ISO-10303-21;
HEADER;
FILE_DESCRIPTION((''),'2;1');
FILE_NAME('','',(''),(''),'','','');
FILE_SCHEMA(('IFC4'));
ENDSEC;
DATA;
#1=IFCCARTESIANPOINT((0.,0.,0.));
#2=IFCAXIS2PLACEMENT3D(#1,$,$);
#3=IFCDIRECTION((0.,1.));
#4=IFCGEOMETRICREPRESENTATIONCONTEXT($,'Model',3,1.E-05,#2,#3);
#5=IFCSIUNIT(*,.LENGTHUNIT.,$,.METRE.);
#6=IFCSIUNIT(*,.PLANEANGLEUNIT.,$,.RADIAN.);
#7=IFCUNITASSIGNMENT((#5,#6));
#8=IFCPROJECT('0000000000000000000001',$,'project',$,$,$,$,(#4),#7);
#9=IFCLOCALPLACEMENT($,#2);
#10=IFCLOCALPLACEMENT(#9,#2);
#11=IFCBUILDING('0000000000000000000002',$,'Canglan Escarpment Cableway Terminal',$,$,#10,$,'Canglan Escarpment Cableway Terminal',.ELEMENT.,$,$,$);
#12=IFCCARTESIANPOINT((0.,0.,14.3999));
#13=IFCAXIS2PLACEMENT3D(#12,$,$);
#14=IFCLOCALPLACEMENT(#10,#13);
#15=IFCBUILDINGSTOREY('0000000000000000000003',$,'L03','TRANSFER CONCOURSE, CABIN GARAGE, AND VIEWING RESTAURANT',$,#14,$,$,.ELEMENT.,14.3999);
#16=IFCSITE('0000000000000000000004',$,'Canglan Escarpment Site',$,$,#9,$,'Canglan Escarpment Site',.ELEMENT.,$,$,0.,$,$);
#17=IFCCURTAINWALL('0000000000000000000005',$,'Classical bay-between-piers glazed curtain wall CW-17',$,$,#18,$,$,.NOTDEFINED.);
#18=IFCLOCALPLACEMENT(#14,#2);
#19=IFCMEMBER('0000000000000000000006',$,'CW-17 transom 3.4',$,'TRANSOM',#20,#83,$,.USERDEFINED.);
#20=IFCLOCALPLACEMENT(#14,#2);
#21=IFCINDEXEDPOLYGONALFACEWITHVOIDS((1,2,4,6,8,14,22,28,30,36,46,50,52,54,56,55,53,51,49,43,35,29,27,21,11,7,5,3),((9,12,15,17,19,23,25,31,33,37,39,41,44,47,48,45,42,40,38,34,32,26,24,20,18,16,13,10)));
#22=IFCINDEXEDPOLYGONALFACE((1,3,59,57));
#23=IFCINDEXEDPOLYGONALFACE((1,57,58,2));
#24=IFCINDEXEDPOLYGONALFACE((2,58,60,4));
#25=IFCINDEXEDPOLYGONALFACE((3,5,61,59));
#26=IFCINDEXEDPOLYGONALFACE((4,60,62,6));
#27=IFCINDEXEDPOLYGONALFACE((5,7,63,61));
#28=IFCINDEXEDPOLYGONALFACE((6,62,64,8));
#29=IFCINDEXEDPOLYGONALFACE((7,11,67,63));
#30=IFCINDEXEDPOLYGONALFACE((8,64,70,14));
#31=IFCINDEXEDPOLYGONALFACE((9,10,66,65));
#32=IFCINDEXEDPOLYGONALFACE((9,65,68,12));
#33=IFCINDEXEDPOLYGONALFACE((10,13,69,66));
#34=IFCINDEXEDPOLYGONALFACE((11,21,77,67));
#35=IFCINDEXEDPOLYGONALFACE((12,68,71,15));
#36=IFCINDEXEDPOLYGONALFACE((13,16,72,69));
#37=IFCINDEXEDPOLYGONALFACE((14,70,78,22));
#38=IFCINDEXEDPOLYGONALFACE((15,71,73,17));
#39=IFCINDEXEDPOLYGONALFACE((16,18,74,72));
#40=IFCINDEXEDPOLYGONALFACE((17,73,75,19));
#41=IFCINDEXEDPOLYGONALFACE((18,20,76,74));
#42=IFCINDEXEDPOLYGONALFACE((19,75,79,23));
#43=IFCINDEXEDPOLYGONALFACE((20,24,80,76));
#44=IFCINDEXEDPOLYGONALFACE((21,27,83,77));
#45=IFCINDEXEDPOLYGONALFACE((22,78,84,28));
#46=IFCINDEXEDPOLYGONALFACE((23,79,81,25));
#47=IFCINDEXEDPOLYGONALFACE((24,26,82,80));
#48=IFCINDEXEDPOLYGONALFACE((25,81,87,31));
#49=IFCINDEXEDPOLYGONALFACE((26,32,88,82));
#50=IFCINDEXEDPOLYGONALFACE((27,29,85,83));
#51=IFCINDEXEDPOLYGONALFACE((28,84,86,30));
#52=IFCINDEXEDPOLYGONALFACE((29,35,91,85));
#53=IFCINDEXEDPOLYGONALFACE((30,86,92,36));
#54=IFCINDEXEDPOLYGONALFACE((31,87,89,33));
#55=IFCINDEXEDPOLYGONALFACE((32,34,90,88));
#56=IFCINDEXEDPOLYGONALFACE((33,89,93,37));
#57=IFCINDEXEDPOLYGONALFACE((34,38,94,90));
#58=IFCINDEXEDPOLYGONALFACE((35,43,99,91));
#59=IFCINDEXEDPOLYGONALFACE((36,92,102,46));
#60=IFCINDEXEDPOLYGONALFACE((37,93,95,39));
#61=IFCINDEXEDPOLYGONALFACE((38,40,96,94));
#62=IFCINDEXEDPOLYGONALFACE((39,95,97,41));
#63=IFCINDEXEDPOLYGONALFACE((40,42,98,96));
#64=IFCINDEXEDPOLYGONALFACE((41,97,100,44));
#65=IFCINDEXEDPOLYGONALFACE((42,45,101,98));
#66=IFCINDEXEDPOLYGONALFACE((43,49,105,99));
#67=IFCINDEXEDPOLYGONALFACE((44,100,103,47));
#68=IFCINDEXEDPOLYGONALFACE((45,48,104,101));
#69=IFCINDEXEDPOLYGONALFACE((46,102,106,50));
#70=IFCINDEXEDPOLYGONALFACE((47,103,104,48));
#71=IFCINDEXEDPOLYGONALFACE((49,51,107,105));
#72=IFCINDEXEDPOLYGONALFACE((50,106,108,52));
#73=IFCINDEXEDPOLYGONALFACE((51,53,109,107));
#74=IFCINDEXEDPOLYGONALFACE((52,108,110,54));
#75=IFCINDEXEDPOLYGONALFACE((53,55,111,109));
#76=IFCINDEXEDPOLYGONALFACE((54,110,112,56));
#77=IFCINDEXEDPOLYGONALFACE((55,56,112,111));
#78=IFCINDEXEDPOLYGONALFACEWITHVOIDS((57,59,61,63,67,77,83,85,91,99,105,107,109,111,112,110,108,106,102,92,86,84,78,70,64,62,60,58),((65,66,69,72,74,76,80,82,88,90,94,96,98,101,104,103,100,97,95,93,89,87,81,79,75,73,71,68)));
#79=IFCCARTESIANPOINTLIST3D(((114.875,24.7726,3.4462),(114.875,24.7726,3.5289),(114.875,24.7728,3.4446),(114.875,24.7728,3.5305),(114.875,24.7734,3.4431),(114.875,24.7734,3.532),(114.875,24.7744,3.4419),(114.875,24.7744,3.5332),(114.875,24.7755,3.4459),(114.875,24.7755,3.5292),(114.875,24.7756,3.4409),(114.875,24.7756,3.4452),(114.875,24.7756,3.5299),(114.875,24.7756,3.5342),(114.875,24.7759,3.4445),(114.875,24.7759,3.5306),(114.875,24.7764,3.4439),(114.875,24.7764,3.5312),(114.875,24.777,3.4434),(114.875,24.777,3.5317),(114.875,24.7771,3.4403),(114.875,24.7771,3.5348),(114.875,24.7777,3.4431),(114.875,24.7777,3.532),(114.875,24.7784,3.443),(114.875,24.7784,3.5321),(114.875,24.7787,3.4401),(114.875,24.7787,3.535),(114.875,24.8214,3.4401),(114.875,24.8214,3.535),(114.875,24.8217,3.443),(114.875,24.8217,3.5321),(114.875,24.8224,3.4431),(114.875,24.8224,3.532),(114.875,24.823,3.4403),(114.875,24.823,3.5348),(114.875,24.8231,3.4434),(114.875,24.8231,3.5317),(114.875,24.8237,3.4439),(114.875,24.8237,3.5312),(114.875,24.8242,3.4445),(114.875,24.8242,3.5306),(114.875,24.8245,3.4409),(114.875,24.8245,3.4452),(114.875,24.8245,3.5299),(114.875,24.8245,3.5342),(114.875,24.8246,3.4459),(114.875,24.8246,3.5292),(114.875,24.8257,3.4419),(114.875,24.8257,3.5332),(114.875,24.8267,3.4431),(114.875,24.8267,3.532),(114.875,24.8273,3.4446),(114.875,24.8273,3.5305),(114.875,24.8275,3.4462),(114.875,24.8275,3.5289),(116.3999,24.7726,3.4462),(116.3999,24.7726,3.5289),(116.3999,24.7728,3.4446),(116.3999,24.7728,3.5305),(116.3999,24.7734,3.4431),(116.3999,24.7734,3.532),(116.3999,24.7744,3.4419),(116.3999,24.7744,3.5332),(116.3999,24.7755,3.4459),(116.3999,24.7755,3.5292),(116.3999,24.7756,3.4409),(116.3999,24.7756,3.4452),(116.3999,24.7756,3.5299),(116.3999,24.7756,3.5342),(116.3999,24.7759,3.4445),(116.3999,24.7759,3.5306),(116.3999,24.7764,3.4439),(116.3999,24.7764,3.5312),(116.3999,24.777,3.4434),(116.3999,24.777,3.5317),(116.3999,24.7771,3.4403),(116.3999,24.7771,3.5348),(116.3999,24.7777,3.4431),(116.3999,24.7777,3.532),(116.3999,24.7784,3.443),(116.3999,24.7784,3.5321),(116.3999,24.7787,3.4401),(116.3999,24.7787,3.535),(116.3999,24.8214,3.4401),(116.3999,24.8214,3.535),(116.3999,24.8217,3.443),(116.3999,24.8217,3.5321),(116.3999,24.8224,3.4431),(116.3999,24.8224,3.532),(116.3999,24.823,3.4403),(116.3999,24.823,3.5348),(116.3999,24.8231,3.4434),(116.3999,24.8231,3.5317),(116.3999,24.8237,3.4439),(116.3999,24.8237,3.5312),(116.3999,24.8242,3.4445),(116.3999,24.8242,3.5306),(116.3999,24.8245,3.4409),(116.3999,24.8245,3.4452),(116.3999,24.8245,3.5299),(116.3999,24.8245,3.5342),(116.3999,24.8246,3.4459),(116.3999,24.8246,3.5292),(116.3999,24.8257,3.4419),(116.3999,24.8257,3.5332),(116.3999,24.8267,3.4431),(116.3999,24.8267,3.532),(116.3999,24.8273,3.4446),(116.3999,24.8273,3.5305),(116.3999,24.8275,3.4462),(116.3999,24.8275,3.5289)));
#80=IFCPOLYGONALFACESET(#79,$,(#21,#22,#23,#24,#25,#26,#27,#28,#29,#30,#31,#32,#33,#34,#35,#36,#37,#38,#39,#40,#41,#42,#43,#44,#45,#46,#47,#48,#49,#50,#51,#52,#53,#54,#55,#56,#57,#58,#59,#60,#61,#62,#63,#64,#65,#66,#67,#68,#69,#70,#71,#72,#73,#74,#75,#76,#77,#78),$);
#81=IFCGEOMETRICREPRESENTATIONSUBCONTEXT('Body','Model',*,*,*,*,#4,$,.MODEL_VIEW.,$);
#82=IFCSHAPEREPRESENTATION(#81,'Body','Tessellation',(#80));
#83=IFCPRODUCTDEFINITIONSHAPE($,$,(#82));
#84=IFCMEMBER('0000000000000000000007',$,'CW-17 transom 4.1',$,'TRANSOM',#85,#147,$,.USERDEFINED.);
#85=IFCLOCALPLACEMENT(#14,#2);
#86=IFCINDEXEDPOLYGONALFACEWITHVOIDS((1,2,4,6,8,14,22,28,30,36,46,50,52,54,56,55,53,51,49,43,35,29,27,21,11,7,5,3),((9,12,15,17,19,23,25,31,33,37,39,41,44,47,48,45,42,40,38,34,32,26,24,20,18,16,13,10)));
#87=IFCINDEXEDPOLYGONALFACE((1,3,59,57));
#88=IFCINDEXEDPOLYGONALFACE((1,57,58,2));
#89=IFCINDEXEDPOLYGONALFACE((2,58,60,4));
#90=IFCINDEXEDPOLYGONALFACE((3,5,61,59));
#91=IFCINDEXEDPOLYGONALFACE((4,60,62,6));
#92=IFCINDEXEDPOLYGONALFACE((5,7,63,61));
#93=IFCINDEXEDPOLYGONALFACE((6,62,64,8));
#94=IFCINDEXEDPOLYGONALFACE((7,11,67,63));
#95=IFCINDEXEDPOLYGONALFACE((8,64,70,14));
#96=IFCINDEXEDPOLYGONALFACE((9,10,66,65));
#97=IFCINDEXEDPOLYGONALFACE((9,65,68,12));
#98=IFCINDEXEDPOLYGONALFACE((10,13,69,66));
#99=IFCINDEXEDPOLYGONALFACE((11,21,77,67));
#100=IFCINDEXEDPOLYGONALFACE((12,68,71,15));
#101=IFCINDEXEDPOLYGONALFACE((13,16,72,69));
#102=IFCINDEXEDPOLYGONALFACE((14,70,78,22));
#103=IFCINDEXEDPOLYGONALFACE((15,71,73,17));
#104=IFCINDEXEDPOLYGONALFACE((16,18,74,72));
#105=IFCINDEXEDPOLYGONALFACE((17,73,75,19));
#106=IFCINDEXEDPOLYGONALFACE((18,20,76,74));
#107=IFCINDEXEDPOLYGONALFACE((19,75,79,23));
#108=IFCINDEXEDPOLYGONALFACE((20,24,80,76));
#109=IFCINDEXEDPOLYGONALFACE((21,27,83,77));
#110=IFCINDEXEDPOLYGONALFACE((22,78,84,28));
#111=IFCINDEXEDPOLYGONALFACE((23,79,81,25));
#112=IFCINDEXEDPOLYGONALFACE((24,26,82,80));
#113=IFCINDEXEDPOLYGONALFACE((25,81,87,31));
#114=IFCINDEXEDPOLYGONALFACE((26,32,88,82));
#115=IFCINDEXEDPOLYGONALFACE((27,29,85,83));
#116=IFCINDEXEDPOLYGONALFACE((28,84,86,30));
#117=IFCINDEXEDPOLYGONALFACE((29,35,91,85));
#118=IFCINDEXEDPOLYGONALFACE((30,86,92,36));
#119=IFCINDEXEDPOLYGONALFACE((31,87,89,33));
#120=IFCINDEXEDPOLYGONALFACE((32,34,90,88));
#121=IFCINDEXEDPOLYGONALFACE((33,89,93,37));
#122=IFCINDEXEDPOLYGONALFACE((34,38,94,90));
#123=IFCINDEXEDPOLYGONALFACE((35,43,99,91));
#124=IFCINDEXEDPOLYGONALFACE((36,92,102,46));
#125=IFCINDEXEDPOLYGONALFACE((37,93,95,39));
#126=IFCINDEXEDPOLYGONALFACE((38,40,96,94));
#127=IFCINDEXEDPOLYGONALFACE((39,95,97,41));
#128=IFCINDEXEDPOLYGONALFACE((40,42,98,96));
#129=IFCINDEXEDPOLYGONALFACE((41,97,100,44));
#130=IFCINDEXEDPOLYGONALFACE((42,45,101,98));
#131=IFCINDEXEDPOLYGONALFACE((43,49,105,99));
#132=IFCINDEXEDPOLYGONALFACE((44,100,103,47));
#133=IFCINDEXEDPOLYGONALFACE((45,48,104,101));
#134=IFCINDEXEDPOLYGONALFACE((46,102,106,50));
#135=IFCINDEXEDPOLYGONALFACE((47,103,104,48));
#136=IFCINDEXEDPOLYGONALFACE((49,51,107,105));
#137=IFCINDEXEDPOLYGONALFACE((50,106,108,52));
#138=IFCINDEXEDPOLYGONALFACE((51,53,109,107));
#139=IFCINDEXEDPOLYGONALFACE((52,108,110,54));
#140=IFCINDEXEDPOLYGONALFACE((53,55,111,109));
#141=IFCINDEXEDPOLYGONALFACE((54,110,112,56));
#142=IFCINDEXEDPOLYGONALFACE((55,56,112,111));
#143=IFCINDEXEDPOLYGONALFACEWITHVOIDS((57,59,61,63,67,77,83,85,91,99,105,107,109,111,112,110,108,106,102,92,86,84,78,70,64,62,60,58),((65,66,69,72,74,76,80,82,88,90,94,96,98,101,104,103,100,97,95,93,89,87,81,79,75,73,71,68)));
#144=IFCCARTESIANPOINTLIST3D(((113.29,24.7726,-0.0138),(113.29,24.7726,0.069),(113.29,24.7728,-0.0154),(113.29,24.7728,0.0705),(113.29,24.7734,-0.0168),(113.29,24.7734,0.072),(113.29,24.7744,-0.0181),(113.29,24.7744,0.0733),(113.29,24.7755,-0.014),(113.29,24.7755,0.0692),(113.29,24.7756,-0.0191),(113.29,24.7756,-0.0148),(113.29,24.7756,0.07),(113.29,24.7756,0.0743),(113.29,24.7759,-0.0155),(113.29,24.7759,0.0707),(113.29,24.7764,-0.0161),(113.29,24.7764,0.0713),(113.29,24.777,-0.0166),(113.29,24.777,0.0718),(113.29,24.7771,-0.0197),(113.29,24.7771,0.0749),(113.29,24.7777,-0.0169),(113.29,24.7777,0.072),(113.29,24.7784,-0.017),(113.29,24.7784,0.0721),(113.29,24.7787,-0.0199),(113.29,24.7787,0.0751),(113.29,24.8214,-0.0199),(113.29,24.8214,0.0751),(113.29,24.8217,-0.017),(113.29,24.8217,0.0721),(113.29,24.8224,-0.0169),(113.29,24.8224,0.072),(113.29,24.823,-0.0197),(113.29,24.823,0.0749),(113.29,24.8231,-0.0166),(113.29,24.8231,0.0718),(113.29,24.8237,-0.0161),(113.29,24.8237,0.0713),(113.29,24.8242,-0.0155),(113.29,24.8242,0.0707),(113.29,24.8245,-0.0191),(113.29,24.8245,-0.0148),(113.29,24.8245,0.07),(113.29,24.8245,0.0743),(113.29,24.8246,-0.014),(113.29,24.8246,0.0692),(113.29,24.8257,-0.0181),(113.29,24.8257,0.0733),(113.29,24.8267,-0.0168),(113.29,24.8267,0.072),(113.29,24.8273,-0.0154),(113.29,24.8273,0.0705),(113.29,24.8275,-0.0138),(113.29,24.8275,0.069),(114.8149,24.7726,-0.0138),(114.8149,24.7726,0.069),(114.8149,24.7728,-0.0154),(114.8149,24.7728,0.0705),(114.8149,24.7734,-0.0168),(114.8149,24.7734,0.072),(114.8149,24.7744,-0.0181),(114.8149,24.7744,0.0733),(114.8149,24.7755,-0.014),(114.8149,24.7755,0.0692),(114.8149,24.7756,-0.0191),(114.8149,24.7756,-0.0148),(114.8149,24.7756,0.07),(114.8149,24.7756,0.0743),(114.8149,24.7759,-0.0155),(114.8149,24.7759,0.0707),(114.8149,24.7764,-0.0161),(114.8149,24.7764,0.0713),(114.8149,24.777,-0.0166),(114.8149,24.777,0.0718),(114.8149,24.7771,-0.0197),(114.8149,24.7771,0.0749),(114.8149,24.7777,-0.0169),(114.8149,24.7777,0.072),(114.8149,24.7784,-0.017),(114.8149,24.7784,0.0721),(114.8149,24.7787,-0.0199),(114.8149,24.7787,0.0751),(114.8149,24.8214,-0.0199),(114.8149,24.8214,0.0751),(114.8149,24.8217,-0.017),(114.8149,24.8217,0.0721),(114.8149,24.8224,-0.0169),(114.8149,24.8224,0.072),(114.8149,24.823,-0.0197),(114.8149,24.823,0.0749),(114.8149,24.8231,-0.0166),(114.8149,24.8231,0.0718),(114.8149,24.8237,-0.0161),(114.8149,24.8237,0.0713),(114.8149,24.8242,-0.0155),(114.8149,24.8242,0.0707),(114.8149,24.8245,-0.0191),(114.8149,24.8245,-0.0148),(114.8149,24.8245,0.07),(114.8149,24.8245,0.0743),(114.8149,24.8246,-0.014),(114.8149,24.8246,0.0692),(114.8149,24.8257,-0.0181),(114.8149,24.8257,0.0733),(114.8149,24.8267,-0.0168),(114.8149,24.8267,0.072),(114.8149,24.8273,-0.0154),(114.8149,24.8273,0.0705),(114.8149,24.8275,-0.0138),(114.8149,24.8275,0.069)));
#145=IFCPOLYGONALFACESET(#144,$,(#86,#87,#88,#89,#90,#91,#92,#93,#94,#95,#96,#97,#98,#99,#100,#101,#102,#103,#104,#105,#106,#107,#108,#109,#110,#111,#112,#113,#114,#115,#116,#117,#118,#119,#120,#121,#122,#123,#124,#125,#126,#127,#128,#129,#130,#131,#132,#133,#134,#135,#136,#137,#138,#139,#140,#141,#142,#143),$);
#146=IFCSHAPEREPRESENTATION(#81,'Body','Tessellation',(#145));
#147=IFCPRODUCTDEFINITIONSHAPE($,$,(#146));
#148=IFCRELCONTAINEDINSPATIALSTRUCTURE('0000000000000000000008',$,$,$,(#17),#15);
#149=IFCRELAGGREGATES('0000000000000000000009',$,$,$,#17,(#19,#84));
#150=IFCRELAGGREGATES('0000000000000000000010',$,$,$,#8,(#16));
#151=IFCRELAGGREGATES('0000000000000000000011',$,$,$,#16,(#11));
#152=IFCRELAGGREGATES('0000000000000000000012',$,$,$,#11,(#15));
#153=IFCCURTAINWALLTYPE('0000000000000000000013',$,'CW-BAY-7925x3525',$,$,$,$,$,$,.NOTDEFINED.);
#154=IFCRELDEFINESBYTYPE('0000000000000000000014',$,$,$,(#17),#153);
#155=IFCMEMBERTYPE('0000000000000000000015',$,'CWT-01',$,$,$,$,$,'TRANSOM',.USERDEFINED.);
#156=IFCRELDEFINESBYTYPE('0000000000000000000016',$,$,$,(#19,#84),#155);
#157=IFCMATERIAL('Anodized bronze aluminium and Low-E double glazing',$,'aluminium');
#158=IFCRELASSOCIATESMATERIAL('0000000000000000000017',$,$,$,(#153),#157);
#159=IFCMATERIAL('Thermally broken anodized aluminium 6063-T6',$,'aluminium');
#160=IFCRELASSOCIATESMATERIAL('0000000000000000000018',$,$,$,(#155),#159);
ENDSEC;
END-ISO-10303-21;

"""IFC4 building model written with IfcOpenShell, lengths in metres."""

from ifc_helpers import new_model, si_unit, direction, frame, origin, origin_2d, place, context, subcontext, project, spatial, hollow_rectangle, extrude, material, material_profile, profile_set, type_object, element, aggregate, save


model = new_model("IFC4")

# Units and contexts
model_context = context("Model", 3, precision=1e-05, world=origin(), true_north=direction((0.0, 1.0)))
body_context = subcontext(model_context, "Body", "Model", "MODEL_VIEW")
ifc_project = project(units=[si_unit("LENGTHUNIT", "METRE"), si_unit("PLANEANGLEUNIT", "RADIAN")], contexts=[model_context])

# Site, building, storey
site_placement = place(None, origin())
site = spatial("IfcSite", under=ifc_project, at=site_placement, Name="Canglan Escarpment Site", LongName="Canglan Escarpment Site", CompositionType="ELEMENT", RefElevation=0.0)
building_placement = place(site_placement, origin())
building = spatial("IfcBuilding", under=site, at=building_placement, Name="Canglan Escarpment Cableway Terminal", LongName="Canglan Escarpment Cableway Terminal", CompositionType="ELEMENT")
storey_placement = place(building_placement, frame((0.0, 0.0, 14.3999)))
storey = spatial("IfcBuildingStorey", under=building, at=storey_placement, Name="L03", Description="TRANSFER CONCOURSE, CABIN GARAGE, AND VIEWING RESTAURANT", CompositionType="ELEMENT", Elevation=14.3999)

# Curtain wall, members
ifc_material_1 = material(Name="Anodized bronze aluminium and Low-E double glazing", Category="aluminium")
curtain_wall_type = type_object("IfcCurtainWallType", Name="CW-BAY-7925x3525", PredefinedType="NOTDEFINED", material=ifc_material_1)
curtain_wall_placement = place(storey_placement, origin())
curtain_wall = element("IfcCurtainWall", 1, at=curtain_wall_placement, inside=storey, type_object=curtain_wall_type, Name="Classical bay-between-piers glazed curtain wall CW-17", PredefinedType="NOTDEFINED")
ifc_material_2 = material(Name="Thermally broken anodized aluminium 6063-T6", Category="aluminium")
ifc_material_profile_1 = material_profile(ifc_material_2, hollow_rectangle(XDim=0.0549, YDim=0.095, WallThickness=0.0029, InnerFilletRadius=0.0029, OuterFilletRadius=0.0061, at=origin_2d()), Name="ALU-TRAN 55x95x3")
ifc_profile_set_1 = profile_set([ifc_material_profile_1], Name="Thermally broken anodized aluminium 6063-T6")
member_type_1 = type_object("IfcMemberType", Name="CWT-01", ElementType="TRANSOM", PredefinedType="USERDEFINED", material=ifc_profile_set_1)
member_1_placement = place(storey_placement, frame((116.3999, 24.8, 3.4875), z_axis=(-1.0, 0.0, 0.0), x_axis=(0.0, -1.0, 0.0)))
member_1 = element("IfcMember", 2, at=member_1_placement, type_object=member_type_1, Name="CW-17 transom 3.4", ObjectType="TRANSOM", PredefinedType="USERDEFINED", context=body_context, shape_type="SweptSolid", body=[
    extrude(hollow_rectangle(XDim=0.0549, YDim=0.095, WallThickness=0.0029, InnerFilletRadius=0.0029, OuterFilletRadius=0.0061, at=origin_2d()), origin(), (0.0, 0.0, 1.0), 1.5249),
])
member_2_placement = place(storey_placement, frame((114.8149, 24.8, 0.0276), z_axis=(-1.0, 0.0, 0.0), x_axis=(0.0, -1.0, 0.0)))
member_2 = element("IfcMember", 3, at=member_2_placement, type_object=member_type_1, Name="CW-17 transom 4.1", ObjectType="TRANSOM", PredefinedType="USERDEFINED", context=body_context, shape_type="SweptSolid", body=[
    extrude(hollow_rectangle(XDim=0.0549, YDim=0.095, WallThickness=0.0029, InnerFilletRadius=0.0029, OuterFilletRadius=0.0061, at=origin_2d()), origin(), (0.0, 0.0, 1.0), 1.5249),
])
aggregate(curtain_wall, [member_1, member_2])

save(model, "model.ifc")
